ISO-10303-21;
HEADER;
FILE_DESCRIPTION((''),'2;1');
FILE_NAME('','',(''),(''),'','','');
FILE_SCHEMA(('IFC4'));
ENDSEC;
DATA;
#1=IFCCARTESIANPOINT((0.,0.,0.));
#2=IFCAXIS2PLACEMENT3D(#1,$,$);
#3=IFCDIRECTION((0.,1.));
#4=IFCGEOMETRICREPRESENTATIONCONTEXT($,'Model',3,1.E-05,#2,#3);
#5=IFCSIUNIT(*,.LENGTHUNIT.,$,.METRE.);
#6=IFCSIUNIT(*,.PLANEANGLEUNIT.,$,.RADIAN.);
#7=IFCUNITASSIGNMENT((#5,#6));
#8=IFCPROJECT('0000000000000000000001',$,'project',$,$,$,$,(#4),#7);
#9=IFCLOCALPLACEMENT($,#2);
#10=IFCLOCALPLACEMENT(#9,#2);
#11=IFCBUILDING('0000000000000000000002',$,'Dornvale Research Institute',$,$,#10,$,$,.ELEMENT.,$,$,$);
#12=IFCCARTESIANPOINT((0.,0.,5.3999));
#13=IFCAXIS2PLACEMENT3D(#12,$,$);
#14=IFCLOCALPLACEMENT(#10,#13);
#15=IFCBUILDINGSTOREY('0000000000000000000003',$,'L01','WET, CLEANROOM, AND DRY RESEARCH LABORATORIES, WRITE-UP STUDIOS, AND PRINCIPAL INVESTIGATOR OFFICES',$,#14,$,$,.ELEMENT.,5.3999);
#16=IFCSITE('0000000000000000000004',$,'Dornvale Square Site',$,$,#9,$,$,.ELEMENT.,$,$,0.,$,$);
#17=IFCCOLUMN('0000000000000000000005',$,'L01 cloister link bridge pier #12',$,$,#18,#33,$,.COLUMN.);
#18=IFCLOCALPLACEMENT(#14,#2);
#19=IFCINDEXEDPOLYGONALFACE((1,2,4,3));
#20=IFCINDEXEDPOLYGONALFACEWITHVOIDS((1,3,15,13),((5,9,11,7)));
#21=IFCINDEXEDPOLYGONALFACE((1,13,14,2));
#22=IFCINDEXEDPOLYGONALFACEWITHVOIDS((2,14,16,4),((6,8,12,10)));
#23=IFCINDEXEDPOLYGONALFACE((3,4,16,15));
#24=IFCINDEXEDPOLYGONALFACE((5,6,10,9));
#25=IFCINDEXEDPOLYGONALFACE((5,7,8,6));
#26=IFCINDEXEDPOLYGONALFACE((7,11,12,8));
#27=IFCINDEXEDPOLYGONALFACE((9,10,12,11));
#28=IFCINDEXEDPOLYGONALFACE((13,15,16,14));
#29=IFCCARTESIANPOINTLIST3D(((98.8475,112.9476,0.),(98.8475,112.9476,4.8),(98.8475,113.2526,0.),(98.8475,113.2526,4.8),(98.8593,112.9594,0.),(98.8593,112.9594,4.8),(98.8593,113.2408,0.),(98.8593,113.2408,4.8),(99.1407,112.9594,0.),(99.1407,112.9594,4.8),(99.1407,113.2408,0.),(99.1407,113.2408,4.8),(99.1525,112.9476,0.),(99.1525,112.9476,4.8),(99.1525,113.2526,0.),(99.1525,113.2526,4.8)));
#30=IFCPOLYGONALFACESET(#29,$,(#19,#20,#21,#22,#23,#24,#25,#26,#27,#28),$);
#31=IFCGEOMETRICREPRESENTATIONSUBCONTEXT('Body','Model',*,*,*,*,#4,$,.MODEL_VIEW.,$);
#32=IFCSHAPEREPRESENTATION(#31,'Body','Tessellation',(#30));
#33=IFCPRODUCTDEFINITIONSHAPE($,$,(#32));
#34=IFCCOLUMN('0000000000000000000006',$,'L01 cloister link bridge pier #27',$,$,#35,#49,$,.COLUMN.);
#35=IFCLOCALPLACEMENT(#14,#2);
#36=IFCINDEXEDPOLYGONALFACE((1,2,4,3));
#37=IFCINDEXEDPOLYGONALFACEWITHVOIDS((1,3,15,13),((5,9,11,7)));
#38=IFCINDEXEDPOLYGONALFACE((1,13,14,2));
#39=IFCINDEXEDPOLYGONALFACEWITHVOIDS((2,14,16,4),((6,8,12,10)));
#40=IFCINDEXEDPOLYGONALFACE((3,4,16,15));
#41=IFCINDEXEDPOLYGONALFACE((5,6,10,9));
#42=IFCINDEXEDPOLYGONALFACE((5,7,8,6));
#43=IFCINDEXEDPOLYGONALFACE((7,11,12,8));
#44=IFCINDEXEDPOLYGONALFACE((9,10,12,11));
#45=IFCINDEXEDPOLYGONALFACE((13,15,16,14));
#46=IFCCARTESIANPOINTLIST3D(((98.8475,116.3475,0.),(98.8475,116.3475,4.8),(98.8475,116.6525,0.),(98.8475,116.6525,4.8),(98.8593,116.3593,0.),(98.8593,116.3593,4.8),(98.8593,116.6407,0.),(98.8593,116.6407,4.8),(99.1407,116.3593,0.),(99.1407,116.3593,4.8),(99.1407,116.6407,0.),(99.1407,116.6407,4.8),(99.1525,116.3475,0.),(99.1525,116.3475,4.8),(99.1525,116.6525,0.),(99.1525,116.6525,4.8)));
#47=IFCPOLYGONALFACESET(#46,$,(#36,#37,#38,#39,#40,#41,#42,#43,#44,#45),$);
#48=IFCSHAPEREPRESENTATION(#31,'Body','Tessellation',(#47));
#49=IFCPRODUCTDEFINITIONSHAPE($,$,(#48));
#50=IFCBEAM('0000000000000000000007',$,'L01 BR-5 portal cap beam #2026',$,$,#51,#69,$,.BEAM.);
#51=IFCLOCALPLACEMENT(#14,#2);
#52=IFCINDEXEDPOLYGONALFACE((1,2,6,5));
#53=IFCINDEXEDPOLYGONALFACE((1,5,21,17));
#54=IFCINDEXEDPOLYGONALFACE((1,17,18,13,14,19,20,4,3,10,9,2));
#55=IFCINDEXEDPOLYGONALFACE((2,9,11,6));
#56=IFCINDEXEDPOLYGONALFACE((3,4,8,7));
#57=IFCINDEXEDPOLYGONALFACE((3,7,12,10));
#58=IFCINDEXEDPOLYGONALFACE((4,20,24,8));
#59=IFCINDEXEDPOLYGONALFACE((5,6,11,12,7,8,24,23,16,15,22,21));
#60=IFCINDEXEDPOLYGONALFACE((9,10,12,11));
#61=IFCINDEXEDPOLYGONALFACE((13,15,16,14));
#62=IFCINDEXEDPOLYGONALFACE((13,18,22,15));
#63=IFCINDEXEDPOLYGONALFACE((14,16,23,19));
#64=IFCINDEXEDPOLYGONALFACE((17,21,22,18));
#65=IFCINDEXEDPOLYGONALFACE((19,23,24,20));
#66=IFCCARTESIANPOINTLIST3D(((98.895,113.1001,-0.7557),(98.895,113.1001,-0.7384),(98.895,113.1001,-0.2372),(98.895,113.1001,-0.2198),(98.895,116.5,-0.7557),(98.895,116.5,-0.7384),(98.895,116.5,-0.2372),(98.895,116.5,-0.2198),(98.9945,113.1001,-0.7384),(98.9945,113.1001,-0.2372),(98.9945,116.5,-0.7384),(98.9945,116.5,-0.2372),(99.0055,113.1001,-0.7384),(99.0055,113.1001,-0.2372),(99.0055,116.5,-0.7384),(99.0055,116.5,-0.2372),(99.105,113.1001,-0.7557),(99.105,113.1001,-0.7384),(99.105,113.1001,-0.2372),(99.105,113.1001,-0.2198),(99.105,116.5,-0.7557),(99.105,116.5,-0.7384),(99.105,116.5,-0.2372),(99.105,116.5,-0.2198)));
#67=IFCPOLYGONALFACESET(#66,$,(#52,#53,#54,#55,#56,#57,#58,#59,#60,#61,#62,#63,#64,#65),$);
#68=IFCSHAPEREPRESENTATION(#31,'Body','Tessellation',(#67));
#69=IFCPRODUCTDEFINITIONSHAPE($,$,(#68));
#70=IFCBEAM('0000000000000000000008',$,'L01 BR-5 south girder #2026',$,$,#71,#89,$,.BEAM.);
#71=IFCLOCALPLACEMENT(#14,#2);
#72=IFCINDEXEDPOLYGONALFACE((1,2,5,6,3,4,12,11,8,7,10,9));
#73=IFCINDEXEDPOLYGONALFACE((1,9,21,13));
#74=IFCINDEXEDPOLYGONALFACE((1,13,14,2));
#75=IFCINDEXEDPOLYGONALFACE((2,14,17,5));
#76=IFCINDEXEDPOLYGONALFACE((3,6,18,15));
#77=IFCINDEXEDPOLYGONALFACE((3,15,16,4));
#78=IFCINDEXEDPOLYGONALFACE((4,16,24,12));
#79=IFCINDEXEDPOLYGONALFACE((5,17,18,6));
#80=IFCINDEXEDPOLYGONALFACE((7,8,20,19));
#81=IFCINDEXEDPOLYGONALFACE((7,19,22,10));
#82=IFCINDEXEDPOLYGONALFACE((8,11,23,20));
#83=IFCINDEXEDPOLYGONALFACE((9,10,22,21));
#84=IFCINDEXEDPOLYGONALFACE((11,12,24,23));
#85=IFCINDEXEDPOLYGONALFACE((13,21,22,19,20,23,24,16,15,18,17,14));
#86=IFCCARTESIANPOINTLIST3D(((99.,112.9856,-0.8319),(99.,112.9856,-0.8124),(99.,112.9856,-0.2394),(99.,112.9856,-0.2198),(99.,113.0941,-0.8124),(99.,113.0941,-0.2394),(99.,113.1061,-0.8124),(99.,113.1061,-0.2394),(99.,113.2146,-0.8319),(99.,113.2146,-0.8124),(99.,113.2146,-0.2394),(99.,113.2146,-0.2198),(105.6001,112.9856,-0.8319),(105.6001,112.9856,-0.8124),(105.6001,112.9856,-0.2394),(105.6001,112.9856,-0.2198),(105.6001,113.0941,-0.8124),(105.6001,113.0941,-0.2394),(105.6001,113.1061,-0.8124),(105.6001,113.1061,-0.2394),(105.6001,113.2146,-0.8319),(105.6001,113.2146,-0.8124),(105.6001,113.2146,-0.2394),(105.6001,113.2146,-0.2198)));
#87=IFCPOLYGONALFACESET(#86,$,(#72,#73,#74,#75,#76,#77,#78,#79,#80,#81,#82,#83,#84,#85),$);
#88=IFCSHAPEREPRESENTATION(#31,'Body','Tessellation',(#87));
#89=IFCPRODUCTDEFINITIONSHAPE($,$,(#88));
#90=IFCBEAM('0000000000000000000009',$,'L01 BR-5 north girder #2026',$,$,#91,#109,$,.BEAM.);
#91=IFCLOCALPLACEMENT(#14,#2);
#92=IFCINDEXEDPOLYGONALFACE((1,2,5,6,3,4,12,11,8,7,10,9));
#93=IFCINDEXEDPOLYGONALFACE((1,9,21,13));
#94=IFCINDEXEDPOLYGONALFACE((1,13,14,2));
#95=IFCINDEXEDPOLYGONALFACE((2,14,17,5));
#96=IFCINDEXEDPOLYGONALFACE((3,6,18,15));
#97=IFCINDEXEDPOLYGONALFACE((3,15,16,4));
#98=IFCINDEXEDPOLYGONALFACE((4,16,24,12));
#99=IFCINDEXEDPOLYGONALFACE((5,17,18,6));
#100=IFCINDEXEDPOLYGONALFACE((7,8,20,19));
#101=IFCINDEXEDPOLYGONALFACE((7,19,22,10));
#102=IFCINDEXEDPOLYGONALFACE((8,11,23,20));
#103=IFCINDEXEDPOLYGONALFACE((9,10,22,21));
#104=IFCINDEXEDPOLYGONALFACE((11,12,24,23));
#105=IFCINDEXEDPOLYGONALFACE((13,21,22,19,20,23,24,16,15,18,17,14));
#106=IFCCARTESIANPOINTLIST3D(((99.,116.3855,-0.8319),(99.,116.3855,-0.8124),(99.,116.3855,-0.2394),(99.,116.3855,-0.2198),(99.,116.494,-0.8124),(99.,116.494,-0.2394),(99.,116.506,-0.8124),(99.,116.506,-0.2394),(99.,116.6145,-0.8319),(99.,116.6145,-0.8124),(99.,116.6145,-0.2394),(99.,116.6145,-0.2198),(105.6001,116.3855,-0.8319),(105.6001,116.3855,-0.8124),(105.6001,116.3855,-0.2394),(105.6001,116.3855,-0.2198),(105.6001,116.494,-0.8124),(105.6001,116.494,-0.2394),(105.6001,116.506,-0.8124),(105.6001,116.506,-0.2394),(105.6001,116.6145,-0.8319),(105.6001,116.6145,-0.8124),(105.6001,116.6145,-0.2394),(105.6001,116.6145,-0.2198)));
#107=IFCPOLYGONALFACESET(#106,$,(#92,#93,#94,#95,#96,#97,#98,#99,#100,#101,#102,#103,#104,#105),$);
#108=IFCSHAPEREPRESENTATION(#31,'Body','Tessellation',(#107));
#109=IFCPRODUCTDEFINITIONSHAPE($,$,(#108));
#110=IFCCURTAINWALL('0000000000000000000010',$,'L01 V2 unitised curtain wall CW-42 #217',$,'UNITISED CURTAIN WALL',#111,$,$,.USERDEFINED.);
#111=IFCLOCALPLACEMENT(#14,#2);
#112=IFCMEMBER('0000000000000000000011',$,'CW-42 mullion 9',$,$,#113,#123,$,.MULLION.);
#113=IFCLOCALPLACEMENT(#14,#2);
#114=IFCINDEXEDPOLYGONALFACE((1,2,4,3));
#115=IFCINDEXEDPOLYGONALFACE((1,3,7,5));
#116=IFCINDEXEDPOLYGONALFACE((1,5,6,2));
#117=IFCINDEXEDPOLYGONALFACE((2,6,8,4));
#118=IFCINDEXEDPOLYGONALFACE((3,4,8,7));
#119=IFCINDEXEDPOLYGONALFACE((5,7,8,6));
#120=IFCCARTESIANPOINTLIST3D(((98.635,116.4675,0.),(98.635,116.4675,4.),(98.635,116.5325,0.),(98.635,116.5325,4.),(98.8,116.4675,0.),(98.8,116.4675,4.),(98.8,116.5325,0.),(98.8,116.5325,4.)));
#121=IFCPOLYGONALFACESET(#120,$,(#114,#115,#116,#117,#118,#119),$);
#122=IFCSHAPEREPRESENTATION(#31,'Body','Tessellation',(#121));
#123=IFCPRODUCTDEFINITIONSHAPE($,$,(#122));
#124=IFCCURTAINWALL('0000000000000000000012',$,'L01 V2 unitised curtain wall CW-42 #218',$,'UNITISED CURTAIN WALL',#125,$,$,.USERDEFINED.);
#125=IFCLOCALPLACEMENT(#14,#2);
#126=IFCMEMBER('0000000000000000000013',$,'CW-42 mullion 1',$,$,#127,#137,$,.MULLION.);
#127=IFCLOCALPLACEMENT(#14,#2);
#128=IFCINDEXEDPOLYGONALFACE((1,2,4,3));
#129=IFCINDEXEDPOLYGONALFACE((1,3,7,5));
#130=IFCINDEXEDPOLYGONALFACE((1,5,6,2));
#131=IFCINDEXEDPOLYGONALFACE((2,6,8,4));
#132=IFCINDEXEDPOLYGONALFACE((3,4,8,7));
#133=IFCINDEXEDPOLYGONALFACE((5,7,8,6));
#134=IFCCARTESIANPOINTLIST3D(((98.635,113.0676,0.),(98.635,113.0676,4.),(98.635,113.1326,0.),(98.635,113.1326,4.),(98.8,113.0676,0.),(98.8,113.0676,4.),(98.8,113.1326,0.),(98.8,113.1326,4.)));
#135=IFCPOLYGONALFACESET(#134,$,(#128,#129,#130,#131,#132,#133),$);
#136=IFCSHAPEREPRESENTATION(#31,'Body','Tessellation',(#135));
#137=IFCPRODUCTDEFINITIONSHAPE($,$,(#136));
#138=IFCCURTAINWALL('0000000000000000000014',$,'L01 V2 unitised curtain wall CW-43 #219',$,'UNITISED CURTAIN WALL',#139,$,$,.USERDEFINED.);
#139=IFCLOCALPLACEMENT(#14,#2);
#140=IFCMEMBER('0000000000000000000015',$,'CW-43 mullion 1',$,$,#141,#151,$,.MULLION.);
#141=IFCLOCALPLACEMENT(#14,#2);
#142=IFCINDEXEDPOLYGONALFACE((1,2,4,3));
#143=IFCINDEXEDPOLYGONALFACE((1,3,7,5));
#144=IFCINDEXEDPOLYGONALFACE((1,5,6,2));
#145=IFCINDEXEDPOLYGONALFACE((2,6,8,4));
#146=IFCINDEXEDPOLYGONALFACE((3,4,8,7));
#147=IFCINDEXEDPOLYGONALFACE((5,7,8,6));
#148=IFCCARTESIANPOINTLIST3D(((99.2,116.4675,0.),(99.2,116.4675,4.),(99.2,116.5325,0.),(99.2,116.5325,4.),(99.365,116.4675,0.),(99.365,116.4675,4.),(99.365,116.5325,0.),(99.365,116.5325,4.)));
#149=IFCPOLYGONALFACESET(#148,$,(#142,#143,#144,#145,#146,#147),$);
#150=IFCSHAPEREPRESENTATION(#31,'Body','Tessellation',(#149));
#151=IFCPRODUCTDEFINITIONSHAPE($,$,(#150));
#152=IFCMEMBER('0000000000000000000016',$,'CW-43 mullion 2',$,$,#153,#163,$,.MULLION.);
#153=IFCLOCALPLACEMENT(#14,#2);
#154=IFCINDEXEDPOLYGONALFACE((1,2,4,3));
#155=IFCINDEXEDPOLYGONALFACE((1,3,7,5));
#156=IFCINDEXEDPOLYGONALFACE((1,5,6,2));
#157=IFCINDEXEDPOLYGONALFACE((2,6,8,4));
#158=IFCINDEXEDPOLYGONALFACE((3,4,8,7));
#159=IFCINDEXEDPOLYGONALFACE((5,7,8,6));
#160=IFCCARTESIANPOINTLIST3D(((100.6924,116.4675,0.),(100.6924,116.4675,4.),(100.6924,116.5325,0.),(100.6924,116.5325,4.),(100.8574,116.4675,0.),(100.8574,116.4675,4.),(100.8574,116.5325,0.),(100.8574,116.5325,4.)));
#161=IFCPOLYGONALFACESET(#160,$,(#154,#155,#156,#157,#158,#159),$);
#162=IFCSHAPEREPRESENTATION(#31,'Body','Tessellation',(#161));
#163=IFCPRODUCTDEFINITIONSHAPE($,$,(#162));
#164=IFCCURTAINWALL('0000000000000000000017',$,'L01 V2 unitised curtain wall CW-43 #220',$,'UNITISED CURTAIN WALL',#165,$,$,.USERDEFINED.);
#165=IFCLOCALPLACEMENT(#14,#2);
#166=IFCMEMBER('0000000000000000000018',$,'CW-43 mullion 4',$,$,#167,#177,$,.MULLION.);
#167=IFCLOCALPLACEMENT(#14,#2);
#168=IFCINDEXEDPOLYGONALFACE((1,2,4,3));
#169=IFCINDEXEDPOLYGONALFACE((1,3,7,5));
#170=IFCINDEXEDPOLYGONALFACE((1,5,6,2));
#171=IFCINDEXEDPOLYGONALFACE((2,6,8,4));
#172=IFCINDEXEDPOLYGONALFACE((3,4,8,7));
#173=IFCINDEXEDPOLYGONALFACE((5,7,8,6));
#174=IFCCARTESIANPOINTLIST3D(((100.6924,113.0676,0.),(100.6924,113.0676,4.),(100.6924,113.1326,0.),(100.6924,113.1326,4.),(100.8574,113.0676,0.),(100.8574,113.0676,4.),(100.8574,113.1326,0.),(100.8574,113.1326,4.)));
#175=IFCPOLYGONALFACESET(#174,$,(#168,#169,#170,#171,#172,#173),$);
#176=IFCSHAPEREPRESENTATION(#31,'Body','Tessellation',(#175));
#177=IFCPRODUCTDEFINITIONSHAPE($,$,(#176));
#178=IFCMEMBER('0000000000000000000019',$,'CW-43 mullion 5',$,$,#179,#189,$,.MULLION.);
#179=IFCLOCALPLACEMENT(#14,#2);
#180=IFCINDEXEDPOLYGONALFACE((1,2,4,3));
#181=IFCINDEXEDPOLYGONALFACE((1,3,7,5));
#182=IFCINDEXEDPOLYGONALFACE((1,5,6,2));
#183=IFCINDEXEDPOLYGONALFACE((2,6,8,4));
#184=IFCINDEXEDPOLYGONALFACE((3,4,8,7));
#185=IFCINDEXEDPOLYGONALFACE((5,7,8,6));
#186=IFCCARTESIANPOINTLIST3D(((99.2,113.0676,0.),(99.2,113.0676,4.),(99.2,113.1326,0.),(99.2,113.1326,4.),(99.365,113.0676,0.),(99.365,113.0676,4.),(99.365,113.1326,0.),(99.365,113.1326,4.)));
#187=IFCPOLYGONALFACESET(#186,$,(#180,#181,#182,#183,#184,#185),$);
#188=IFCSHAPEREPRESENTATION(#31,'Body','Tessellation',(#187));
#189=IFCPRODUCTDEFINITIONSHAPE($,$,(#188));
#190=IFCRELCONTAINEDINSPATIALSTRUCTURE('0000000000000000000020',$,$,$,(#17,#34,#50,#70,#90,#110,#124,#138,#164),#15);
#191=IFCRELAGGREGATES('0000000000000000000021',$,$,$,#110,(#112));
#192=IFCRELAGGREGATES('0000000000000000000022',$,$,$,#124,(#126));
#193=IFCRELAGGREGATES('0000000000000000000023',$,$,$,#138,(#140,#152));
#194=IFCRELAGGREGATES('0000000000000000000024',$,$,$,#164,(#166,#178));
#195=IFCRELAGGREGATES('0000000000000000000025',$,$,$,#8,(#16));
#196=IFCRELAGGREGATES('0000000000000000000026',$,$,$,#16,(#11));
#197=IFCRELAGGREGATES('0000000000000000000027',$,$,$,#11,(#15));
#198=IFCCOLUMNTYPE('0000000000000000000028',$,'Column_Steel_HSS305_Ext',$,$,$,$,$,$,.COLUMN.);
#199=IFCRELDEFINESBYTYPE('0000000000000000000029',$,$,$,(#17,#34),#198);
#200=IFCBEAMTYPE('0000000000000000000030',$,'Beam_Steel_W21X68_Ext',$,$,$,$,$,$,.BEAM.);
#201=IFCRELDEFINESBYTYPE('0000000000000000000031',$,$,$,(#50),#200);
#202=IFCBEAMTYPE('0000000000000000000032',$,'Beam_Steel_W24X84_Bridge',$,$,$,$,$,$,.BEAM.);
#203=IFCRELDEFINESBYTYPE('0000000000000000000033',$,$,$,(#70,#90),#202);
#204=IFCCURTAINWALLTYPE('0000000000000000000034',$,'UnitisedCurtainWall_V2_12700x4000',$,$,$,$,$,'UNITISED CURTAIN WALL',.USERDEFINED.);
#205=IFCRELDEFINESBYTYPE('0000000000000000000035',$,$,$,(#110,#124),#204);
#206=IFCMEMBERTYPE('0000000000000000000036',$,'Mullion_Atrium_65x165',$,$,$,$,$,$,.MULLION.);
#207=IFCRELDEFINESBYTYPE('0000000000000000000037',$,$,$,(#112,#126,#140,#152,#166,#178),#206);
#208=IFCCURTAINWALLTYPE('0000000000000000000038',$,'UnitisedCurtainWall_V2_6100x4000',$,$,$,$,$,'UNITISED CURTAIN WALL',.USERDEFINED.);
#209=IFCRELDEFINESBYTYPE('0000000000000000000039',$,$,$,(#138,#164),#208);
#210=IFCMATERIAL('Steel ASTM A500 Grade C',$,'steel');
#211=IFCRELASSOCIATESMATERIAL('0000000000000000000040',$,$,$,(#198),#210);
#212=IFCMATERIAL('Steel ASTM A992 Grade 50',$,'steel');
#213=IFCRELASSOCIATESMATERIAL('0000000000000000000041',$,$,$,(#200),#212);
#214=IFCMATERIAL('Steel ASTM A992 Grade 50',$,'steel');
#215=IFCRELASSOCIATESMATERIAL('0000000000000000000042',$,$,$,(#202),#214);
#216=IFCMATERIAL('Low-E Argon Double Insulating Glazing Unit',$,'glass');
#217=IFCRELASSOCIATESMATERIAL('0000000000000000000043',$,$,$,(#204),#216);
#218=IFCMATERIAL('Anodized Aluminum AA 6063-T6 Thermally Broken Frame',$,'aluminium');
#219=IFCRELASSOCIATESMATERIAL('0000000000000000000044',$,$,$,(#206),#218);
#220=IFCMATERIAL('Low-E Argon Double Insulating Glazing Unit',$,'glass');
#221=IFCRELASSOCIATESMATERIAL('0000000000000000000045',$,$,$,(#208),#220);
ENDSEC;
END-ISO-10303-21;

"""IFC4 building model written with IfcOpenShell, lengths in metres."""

from ifc_helpers import new_model, si_unit, direction, frame, origin, origin_2d, place, context, subcontext, project, spatial, rectangle, hollow_rectangle, i_section, extrude, material, material_profile, profile_set, type_object, element, aggregate, save


model = new_model("IFC4")

# Units and contexts
model_context = context("Model", 3, precision=1e-05, world=origin(), true_north=direction((0.0, 1.0)))
body_context = subcontext(model_context, "Body", "Model", "MODEL_VIEW")
ifc_project = project(units=[si_unit("LENGTHUNIT", "METRE"), si_unit("PLANEANGLEUNIT", "RADIAN")], contexts=[model_context])

# Site, building, storey
site_placement = place(None, origin())
site = spatial("IfcSite", under=ifc_project, at=site_placement, Name="Dornvale Square Site", CompositionType="ELEMENT", RefElevation=0.0)
building_placement = place(site_placement, origin())
building = spatial("IfcBuilding", under=site, at=building_placement, Name="Dornvale Research Institute", CompositionType="ELEMENT")
storey_placement = place(building_placement, frame((0.0, 0.0, 5.3999)))
storey = spatial("IfcBuildingStorey", under=building, at=storey_placement, Name="L01", Description="WET, CLEANROOM, AND DRY RESEARCH LABORATORIES, WRITE-UP STUDIOS, AND PRINCIPAL INVESTIGATOR OFFICES", CompositionType="ELEMENT", Elevation=5.3999)

# Columns
ifc_material_1 = material(Name="Steel ASTM A500 Grade C", Category="steel")
ifc_material_profile_1 = material_profile(ifc_material_1, hollow_rectangle(XDim=0.3049, YDim=0.3049, WallThickness=0.0117, at=origin_2d()), Name="HSS305X305X12.7")
ifc_profile_set_1 = profile_set([ifc_material_profile_1], Name="Steel ASTM A500 Grade C")
column_type = type_object("IfcColumnType", Name="Column_Steel_HSS305_Ext", PredefinedType="COLUMN", material=ifc_profile_set_1)
for number, where, z_axis, x_axis, name in (
    (1, (99.0, 113.1001, 0.0), (0.0, 0.0, 1.0), (1.0, 0.0, 0.0), "L01 cloister link bridge pier #12"),
    (2, (99.0, 116.5, 0.0), (0.0, 0.0, 1.0), (1.0, 0.0, 0.0), "L01 cloister link bridge pier #27"),
):
    element("IfcColumn", number, at=place(storey_placement, frame(where, z_axis=z_axis, x_axis=x_axis)), inside=storey, type_object=column_type, Name=name, PredefinedType="COLUMN", context=body_context, shape_type="SweptSolid", body=[
        extrude(hollow_rectangle(XDim=0.3049, YDim=0.3049, WallThickness=0.0117, at=origin_2d()), origin(), (0.0, 0.0, 1.0), 4.8),
    ])

# Beams
ifc_material_2 = material(Name="Steel ASTM A992 Grade 50", Category="steel")
ifc_material_profile_2 = material_profile(ifc_material_2, i_section(OverallWidth=0.21, OverallDepth=0.5359, WebThickness=0.011, FlangeThickness=0.0173, at=origin_2d()), Name="W21X68")
ifc_profile_set_2 = profile_set([ifc_material_profile_2], Name="Steel ASTM A992 Grade 50")
beam_type_1 = type_object("IfcBeamType", Name="Beam_Steel_W21X68_Ext", PredefinedType="BEAM", material=ifc_profile_set_2)
beam_placement = place(storey_placement, frame((99.0, 113.1001, -0.4878), z_axis=(0.0, 1.0, 0.0), x_axis=(-1.0, 0.0, 0.0)))
element("IfcBeam", 3, at=beam_placement, inside=storey, type_object=beam_type_1, Name="L01 BR-5 portal cap beam #2026", PredefinedType="BEAM", context=body_context, shape_type="SweptSolid", body=[
    extrude(i_section(OverallWidth=0.21, OverallDepth=0.5359, WebThickness=0.011, FlangeThickness=0.0173, at=origin_2d()), origin(), (0.0, 0.0, 1.0), 3.3999),
])
ifc_material_3 = material(Name="Steel ASTM A992 Grade 50", Category="steel")
ifc_material_profile_3 = material_profile(ifc_material_3, i_section(OverallWidth=0.229, OverallDepth=0.6121, WebThickness=0.012, FlangeThickness=0.0195, at=origin_2d()), Name="W24X84")
ifc_profile_set_3 = profile_set([ifc_material_profile_3], Name="Steel ASTM A992 Grade 50")
beam_type_2 = type_object("IfcBeamType", Name="Beam_Steel_W24X84_Bridge", PredefinedType="BEAM", material=ifc_profile_set_3)
for number, where, z_axis, x_axis, name in (
    (4, (99.0, 113.1001, -0.5259), (1.0, 0.0, 0.0), (0.0, 1.0, 0.0), "L01 BR-5 south girder #2026"),
    (5, (99.0, 116.5, -0.5259), (1.0, 0.0, 0.0), (0.0, 1.0, 0.0), "L01 BR-5 north girder #2026"),
):
    element("IfcBeam", number, at=place(storey_placement, frame(where, z_axis=z_axis, x_axis=x_axis)), inside=storey, type_object=beam_type_2, Name=name, PredefinedType="BEAM", context=body_context, shape_type="SweptSolid", body=[
        extrude(i_section(OverallWidth=0.229, OverallDepth=0.6121, WebThickness=0.012, FlangeThickness=0.0195, at=origin_2d()), origin(), (0.0, 0.0, 1.0), 6.6001),
    ])

# Curtain walls, members
ifc_material_4 = material(Name="Low-E Argon Double Insulating Glazing Unit", Category="glass")
curtain_wall_type_1 = type_object("IfcCurtainWallType", Name="UnitisedCurtainWall_V2_12700x4000", ElementType="UNITISED CURTAIN WALL", PredefinedType="USERDEFINED", material=ifc_material_4)
curtain_wall_1_placement = place(storey_placement, origin())
curtain_wall_1 = element("IfcCurtainWall", 6, at=curtain_wall_1_placement, inside=storey, type_object=curtain_wall_type_1, Name="L01 V2 unitised curtain wall CW-42 #217", ObjectType="UNITISED CURTAIN WALL", PredefinedType="USERDEFINED")
ifc_material_5 = material(Name="Anodized Aluminum AA 6063-T6 Thermally Broken Frame", Category="aluminium")
ifc_material_profile_4 = material_profile(ifc_material_5, rectangle(XDim=0.0649, YDim=0.165, at=origin_2d()), Name="ALU MULLION 65x165")
ifc_profile_set_4 = profile_set([ifc_material_profile_4], Name="Anodized Aluminum AA 6063-T6 Thermally Broken Frame")
member_type_1 = type_object("IfcMemberType", Name="Mullion_Atrium_65x165", PredefinedType="MULLION", material=ifc_profile_set_4)
member_1_placement = place(storey_placement, frame((98.7175, 116.5, 0.0), z_axis=(0.0, 0.0, 1.0), x_axis=(0.0, 1.0, 0.0)))
member_1 = element("IfcMember", 7, at=member_1_placement, type_object=member_type_1, Name="CW-42 mullion 9", PredefinedType="MULLION", context=body_context, shape_type="SweptSolid", body=[
    extrude(rectangle(XDim=0.0649, YDim=0.165, at=origin_2d()), origin(), (0.0, 0.0, 1.0), 4.0),
])
curtain_wall_2_placement = place(storey_placement, origin())
curtain_wall_2 = element("IfcCurtainWall", 8, at=curtain_wall_2_placement, inside=storey, type_object=curtain_wall_type_1, Name="L01 V2 unitised curtain wall CW-42 #218", ObjectType="UNITISED CURTAIN WALL", PredefinedType="USERDEFINED")
member_2_placement = place(storey_placement, frame((98.7175, 113.1001, 0.0), z_axis=(0.0, 0.0, 1.0), x_axis=(0.0, -1.0, 0.0)))
member_2 = element("IfcMember", 9, at=member_2_placement, type_object=member_type_1, Name="CW-42 mullion 1", PredefinedType="MULLION", context=body_context, shape_type="SweptSolid", body=[
    extrude(rectangle(XDim=0.0649, YDim=0.165, at=origin_2d()), origin(), (0.0, 0.0, 1.0), 4.0),
])

# Curtain walls, members
ifc_material_6 = material(Name="Low-E Argon Double Insulating Glazing Unit", Category="glass")
curtain_wall_type_2 = type_object("IfcCurtainWallType", Name="UnitisedCurtainWall_V2_6100x4000", ElementType="UNITISED CURTAIN WALL", PredefinedType="USERDEFINED", material=ifc_material_6)
curtain_wall_3_placement = place(storey_placement, origin())
curtain_wall_3 = element("IfcCurtainWall", 10, at=curtain_wall_3_placement, inside=storey, type_object=curtain_wall_type_2, Name="L01 V2 unitised curtain wall CW-43 #219", ObjectType="UNITISED CURTAIN WALL", PredefinedType="USERDEFINED")
member_3_placement = place(storey_placement, frame((99.2825, 116.5, 0.0), z_axis=(0.0, 0.0, 1.0), x_axis=(0.0, 1.0, 0.0)))
member_3 = element("IfcMember", 11, at=member_3_placement, type_object=member_type_1, Name="CW-43 mullion 1", PredefinedType="MULLION", context=body_context, shape_type="SweptSolid", body=[
    extrude(rectangle(XDim=0.0649, YDim=0.165, at=origin_2d()), origin(), (0.0, 0.0, 1.0), 4.0),
])
member_4_placement = place(storey_placement, frame((100.7749, 116.5, 0.0), z_axis=(0.0, 0.0, 1.0), x_axis=(0.0, 1.0, 0.0)))
member_4 = element("IfcMember", 12, at=member_4_placement, type_object=member_type_1, Name="CW-43 mullion 2", PredefinedType="MULLION", context=body_context, shape_type="SweptSolid", body=[
    extrude(rectangle(XDim=0.0649, YDim=0.165, at=origin_2d()), origin(), (0.0, 0.0, 1.0), 4.0),
])
curtain_wall_4_placement = place(storey_placement, origin())
curtain_wall_4 = element("IfcCurtainWall", 13, at=curtain_wall_4_placement, inside=storey, type_object=curtain_wall_type_2, Name="L01 V2 unitised curtain wall CW-43 #220", ObjectType="UNITISED CURTAIN WALL", PredefinedType="USERDEFINED")
member_5_placement = place(storey_placement, frame((100.7749, 113.1001, 0.0), z_axis=(0.0, 0.0, 1.0), x_axis=(0.0, -1.0, 0.0)))
member_5 = element("IfcMember", 14, at=member_5_placement, type_object=member_type_1, Name="CW-43 mullion 4", PredefinedType="MULLION", context=body_context, shape_type="SweptSolid", body=[
    extrude(rectangle(XDim=0.0649, YDim=0.165, at=origin_2d()), origin(), (0.0, 0.0, 1.0), 4.0),
])
member_6_placement = place(storey_placement, frame((99.2825, 113.1001, 0.0), z_axis=(0.0, 0.0, 1.0), x_axis=(0.0, -1.0, 0.0)))
member_6 = element("IfcMember", 15, at=member_6_placement, type_object=member_type_1, Name="CW-43 mullion 5", PredefinedType="MULLION", context=body_context, shape_type="SweptSolid", body=[
    extrude(rectangle(XDim=0.0649, YDim=0.165, at=origin_2d()), origin(), (0.0, 0.0, 1.0), 4.0),
])

aggregate(curtain_wall_1, [member_1])
aggregate(curtain_wall_2, [member_2])
aggregate(curtain_wall_3, [member_3, member_4])
aggregate(curtain_wall_4, [member_5, member_6])

save(model, "model.ifc")
